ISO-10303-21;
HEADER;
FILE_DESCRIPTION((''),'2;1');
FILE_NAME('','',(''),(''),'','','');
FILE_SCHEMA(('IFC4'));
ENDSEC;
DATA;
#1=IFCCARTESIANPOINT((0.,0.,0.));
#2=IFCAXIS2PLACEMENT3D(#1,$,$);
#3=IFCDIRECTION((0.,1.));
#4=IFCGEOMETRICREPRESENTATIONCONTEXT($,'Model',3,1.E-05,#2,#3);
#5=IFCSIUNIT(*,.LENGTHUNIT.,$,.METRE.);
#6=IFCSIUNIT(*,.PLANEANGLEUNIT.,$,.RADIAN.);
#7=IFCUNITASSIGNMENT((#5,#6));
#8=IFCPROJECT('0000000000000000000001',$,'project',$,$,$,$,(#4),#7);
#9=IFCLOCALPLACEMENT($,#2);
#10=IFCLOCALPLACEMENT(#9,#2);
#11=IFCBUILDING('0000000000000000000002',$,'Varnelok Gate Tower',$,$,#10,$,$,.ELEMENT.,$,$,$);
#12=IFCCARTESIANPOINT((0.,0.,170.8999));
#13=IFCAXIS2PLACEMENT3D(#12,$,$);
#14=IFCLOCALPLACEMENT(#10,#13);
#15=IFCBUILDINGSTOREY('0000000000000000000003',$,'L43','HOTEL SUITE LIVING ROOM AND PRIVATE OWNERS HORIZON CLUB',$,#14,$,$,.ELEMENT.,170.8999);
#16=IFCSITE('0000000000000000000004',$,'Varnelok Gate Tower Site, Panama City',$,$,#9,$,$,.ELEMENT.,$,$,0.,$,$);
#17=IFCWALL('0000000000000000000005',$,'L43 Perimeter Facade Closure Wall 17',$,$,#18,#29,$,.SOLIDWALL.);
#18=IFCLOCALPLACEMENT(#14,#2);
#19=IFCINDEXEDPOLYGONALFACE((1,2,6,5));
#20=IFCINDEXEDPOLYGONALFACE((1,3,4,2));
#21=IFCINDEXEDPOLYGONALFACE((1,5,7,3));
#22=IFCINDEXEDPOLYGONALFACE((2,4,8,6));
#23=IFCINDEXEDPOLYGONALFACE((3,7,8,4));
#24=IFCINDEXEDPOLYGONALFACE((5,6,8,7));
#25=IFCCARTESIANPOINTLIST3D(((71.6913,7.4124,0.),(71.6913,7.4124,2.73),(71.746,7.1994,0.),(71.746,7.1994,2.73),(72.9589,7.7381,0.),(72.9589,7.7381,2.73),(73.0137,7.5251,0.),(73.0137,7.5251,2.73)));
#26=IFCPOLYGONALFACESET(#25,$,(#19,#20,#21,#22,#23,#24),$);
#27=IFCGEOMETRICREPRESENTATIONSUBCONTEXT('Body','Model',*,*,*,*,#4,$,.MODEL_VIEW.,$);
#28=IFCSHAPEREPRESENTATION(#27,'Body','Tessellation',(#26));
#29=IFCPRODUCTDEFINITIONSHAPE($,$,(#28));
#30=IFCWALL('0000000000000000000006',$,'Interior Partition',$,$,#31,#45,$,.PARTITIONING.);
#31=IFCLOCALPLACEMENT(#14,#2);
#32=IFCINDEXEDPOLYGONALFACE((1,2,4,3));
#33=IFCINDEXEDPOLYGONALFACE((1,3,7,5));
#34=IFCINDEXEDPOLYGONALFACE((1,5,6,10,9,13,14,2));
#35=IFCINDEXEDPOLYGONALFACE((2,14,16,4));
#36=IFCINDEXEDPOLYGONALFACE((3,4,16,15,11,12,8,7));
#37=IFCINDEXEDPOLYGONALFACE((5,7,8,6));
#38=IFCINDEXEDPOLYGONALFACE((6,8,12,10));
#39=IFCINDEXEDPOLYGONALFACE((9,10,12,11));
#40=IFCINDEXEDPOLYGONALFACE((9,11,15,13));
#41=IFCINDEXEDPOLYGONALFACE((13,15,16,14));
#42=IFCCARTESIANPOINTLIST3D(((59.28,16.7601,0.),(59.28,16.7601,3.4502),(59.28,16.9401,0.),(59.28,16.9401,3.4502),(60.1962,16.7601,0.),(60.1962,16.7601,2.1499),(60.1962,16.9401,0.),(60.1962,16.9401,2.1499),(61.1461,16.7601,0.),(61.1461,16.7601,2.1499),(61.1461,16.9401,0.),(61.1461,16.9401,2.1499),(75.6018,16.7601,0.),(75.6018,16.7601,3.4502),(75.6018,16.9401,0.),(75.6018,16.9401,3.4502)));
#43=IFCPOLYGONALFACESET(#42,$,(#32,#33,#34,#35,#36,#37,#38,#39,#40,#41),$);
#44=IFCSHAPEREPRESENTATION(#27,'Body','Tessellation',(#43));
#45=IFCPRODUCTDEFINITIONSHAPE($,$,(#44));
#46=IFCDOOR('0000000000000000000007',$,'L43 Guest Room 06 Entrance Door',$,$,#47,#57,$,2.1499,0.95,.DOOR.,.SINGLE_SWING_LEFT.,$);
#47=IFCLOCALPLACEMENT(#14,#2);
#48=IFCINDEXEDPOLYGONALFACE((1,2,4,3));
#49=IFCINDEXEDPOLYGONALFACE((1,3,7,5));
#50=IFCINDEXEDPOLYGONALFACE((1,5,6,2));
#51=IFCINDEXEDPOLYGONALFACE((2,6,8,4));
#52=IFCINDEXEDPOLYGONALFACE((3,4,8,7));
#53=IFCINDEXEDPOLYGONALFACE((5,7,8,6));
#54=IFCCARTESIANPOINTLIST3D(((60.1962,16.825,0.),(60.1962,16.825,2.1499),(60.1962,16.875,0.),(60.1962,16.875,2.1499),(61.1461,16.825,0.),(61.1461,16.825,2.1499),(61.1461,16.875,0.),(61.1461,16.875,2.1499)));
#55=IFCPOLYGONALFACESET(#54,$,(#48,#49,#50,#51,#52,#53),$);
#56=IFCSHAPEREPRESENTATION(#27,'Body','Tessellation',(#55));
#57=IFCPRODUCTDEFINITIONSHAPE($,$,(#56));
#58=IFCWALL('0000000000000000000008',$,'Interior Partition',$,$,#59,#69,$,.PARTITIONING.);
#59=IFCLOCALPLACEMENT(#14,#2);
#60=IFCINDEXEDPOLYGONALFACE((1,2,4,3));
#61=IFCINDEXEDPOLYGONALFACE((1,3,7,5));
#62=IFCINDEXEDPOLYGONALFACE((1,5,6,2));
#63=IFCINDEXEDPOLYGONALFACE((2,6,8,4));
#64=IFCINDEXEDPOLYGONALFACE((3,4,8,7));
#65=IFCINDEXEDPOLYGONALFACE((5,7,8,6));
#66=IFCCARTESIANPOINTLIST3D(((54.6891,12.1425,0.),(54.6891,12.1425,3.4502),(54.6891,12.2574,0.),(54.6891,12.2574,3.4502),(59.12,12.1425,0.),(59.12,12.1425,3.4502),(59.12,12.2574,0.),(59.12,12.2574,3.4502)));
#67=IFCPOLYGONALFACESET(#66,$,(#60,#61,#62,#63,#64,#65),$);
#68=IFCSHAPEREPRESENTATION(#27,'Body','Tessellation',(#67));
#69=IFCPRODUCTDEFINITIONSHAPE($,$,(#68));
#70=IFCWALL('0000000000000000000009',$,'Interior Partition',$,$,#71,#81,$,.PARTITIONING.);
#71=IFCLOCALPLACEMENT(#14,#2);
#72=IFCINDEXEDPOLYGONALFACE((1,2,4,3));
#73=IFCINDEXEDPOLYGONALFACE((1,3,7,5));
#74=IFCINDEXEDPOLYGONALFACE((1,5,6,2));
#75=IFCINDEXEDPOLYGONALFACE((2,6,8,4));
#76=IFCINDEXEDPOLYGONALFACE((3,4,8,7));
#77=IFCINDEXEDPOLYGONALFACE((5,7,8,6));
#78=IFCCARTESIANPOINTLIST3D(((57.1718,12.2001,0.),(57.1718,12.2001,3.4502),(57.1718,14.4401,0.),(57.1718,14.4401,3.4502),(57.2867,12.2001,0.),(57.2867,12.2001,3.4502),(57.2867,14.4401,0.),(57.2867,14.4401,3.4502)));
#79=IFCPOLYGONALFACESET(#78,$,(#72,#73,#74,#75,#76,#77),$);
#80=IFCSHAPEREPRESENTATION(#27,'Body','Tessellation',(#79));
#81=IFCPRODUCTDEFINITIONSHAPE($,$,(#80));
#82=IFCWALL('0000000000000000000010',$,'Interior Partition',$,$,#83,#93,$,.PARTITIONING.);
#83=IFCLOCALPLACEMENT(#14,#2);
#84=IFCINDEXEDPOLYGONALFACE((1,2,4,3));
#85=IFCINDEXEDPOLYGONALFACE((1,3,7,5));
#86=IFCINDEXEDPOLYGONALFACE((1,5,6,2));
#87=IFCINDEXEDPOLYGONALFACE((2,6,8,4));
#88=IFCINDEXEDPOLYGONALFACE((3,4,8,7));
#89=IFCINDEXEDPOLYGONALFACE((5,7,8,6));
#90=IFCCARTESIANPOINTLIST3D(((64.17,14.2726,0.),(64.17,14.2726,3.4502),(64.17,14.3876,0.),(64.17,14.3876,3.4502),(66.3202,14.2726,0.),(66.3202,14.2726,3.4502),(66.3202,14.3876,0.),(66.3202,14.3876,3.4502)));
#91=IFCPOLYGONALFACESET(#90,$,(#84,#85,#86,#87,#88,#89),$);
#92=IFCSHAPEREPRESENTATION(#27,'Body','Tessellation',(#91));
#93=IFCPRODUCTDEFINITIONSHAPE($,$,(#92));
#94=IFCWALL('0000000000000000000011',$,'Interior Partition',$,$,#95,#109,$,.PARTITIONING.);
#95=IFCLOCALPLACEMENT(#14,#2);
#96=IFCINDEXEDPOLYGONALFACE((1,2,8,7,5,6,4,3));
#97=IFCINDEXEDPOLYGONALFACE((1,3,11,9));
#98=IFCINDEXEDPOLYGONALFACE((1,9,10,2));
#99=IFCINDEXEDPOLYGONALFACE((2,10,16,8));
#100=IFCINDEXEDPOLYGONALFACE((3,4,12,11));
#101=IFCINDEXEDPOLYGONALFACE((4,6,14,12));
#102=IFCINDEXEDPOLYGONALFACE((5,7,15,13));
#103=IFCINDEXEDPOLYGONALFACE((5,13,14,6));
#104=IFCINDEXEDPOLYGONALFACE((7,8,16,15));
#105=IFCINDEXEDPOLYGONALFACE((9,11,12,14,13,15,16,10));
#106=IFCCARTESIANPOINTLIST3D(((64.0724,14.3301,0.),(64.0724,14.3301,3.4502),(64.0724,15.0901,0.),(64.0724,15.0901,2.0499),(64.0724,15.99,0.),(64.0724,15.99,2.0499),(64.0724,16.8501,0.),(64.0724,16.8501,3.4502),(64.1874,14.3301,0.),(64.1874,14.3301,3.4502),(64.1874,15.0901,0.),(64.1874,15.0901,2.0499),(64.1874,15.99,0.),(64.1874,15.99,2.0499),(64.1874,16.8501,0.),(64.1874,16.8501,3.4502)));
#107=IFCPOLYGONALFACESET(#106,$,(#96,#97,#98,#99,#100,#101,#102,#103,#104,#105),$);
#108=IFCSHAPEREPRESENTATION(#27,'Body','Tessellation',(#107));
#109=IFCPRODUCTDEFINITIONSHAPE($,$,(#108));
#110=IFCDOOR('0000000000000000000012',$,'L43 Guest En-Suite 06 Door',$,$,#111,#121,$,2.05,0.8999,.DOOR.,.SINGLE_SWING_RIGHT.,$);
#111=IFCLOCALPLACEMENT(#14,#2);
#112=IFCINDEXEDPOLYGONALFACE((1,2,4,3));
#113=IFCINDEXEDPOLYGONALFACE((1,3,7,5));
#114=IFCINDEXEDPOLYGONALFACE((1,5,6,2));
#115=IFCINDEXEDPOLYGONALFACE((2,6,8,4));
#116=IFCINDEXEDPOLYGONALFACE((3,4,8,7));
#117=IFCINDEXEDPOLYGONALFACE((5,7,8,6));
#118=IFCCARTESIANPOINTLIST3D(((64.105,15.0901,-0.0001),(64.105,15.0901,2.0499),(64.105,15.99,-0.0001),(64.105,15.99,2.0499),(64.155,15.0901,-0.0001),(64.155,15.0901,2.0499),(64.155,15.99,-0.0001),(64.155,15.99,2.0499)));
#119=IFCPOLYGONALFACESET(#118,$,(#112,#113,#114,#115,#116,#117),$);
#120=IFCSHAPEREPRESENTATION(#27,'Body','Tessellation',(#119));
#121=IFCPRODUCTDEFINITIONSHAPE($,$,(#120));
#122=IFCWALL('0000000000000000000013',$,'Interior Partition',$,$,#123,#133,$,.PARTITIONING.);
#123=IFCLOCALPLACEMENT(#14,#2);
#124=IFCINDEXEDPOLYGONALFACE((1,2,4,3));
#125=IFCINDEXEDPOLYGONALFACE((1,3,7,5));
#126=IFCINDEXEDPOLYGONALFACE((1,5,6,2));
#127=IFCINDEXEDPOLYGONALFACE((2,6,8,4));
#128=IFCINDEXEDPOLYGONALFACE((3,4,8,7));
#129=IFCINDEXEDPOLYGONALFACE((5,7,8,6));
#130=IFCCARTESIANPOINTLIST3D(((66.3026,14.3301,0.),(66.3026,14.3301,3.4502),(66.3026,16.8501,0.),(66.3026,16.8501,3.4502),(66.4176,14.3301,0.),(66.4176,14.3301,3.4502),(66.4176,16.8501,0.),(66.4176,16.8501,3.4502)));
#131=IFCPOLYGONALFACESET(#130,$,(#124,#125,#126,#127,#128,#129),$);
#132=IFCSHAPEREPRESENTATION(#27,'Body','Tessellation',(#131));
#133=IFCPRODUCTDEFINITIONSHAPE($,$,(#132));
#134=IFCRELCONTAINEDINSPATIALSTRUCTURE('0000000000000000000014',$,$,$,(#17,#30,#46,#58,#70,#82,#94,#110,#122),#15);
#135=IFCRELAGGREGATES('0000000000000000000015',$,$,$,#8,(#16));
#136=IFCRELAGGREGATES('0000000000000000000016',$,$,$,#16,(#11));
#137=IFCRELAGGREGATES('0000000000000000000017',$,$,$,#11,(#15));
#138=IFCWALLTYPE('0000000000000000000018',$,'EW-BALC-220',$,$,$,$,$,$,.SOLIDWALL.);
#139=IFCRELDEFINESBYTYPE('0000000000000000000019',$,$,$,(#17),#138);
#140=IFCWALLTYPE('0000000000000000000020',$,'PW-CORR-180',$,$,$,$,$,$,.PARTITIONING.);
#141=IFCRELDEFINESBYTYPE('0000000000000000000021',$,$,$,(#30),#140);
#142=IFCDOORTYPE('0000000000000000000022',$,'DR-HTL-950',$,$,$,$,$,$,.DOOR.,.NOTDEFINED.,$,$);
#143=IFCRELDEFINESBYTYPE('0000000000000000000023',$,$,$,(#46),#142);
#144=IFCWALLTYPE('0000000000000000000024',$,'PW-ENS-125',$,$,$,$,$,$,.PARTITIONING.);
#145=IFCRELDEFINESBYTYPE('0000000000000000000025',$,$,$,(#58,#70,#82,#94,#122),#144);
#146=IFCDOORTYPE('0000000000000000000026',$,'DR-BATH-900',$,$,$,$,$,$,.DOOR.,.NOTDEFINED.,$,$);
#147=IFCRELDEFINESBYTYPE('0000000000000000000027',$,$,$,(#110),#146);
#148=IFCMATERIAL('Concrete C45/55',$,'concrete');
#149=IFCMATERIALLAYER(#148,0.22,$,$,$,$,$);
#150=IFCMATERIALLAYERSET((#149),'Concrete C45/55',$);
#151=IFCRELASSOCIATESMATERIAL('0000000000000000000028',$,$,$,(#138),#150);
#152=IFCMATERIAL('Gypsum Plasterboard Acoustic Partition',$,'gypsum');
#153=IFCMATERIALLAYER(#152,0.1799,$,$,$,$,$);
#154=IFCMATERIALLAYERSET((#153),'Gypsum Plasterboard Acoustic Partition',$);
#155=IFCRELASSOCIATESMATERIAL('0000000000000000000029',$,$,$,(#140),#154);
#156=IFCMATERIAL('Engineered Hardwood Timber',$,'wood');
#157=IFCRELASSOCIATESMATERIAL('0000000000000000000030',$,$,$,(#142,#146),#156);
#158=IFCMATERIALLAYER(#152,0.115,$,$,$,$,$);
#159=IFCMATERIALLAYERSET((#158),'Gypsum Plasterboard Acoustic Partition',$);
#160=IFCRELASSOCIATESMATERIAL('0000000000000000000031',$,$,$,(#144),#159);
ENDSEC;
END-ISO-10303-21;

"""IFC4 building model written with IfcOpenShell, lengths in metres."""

from ifc_helpers import new_model, si_unit, direction, frame, frame_2d, origin, place, context, subcontext, project, spatial, rectangle, extrude, material, layer, layer_set, type_object, element, fill, save


model = new_model("IFC4")

# Units and contexts
model_context = context("Model", 3, precision=1e-05, world=origin(), true_north=direction((0.0, 1.0)))
body_context = subcontext(model_context, "Body", "Model", "MODEL_VIEW")
ifc_project = project(units=[si_unit("LENGTHUNIT", "METRE"), si_unit("PLANEANGLEUNIT", "RADIAN")], contexts=[model_context])

# Site, building, storey
site_placement = place(None, origin())
site = spatial("IfcSite", under=ifc_project, at=site_placement, Name="Varnelok Gate Tower Site, Panama City", CompositionType="ELEMENT", RefElevation=0.0)
building_placement = place(site_placement, origin())
building = spatial("IfcBuilding", under=site, at=building_placement, Name="Varnelok Gate Tower", CompositionType="ELEMENT")
storey_placement = place(building_placement, frame((0.0, 0.0, 170.8999)))
storey = spatial("IfcBuildingStorey", under=building, at=storey_placement, Name="L43", Description="HOTEL SUITE LIVING ROOM AND PRIVATE OWNERS HORIZON CLUB", CompositionType="ELEMENT", Elevation=170.8999)

# Shared definitions
ifc_material_1 = material(Name="Concrete C45/55", Category="concrete")
ifc_layer_1 = layer(ifc_material_1, 0.22)
ifc_layer_set_1 = layer_set([ifc_layer_1], Name="Concrete C45/55")
wall_type_1 = type_object("IfcWallType", Name="EW-BALC-220", PredefinedType="SOLIDWALL", material=ifc_layer_set_1)

# Wall
wall_1_placement = place(storey_placement, frame((71.7188, 7.3059, 0.0), z_axis=(0.0, 0.0, 1.0), x_axis=(0.968542, 0.248851, 0.0)))
element("IfcWall", 1, at=wall_1_placement, inside=storey, type_object=wall_type_1, Name="L43 Perimeter Facade Closure Wall 17", PredefinedType="SOLIDWALL", context=body_context, shape_type="SweptSolid", body=[
    extrude(rectangle(XDim=1.3088, YDim=0.22, at=frame_2d((0.6543, 0.0))), origin(), (0.0, 0.0, 1.0), 2.73),
])

# Wall, opening, door
ifc_material_2 = material(Name="Gypsum Plasterboard Acoustic Partition", Category="gypsum")
ifc_layer_2 = layer(ifc_material_2, 0.1799)
ifc_layer_set_2 = layer_set([ifc_layer_2], Name="Gypsum Plasterboard Acoustic Partition")
wall_type_2 = type_object("IfcWallType", Name="PW-CORR-180", PredefinedType="PARTITIONING", material=ifc_layer_set_2)
wall_2_placement = place(storey_placement, frame((59.28, 16.8501, 0.0), z_axis=(0.0, 0.0, 1.0), x_axis=(1.0, 0.0, 0.0)))
wall_2 = element("IfcWall", 2, at=wall_2_placement, inside=storey, type_object=wall_type_2, Name="Interior Partition", PredefinedType="PARTITIONING", context=body_context, shape_type="SweptSolid", body=[
    extrude(rectangle(XDim=16.3218, YDim=0.1799, at=frame_2d((8.1609, 0.0))), origin(), (0.0, 0.0, 1.0), 3.4502),
])
opening_1_placement = place(wall_2_placement, frame((0.916, 0.0, 0.0)))
opening_1 = element("IfcOpeningElement", 3, at=opening_1_placement, cuts=wall_2, PredefinedType="OPENING", context=body_context, shape_type="SweptSolid", body=[
    extrude(rectangle(XDim=0.95, YDim=2.1499, at=frame_2d((0.4751, 1.075))), frame((0.0, 0.0999, 0.0), z_axis=(0.0, -1.0, 0.0), x_axis=(1.0, 0.0, 0.0)), (0.0, 0.0, 1.0), 0.2),
])
ifc_material_3 = material(Name="Engineered Hardwood Timber", Category="wood")
door_type_1 = type_object("IfcDoorType", Name="DR-HTL-950", OperationType="NOTDEFINED", PredefinedType="DOOR", material=ifc_material_3)
door_1_placement = place(opening_1_placement, origin())
door_1 = element("IfcDoor", 4, at=door_1_placement, inside=storey, type_object=door_type_1, Name="L43 Guest Room 06 Entrance Door", OperationType="SINGLE_SWING_LEFT", OverallHeight=2.1499, OverallWidth=0.95, PredefinedType="DOOR", context=body_context, shape_type="SweptSolid", body=[
    extrude(rectangle(XDim=0.95, YDim=2.1499, at=frame_2d((0.4751, 1.075))), frame((0.0, 0.0249, 0.0), z_axis=(0.0, -1.0, 0.0), x_axis=(1.0, 0.0, 0.0)), (0.0, 0.0, 1.0), 0.05),
])
fill(opening_1, door_1)

# Walls
ifc_layer_3 = layer(ifc_material_2, 0.115)
ifc_layer_set_3 = layer_set([ifc_layer_3], Name="Gypsum Plasterboard Acoustic Partition")
wall_type_3 = type_object("IfcWallType", Name="PW-ENS-125", PredefinedType="PARTITIONING", material=ifc_layer_set_3)
wall_3_placement = place(storey_placement, frame((54.6892, 12.2, 0.0), z_axis=(0.0, 0.0, 1.0), x_axis=(1.0, 0.0, 0.0)))
element("IfcWall", 5, at=wall_3_placement, inside=storey, type_object=wall_type_3, Name="Interior Partition", PredefinedType="PARTITIONING", context=body_context, shape_type="SweptSolid", body=[
    extrude(rectangle(XDim=4.4309, YDim=0.115, at=frame_2d((2.2153, 0.0))), origin(), (0.0, 0.0, 1.0), 3.4502),
])
wall_4_placement = place(storey_placement, frame((57.2292, 12.2, 0.0), z_axis=(0.0, 0.0, 1.0), x_axis=(0.0, 1.0, 0.0)))
element("IfcWall", 6, at=wall_4_placement, inside=storey, type_object=wall_type_3, Name="Interior Partition", PredefinedType="PARTITIONING", context=body_context, shape_type="SweptSolid", body=[
    extrude(rectangle(XDim=2.24, YDim=0.115, at=frame_2d((1.1201, 0.0))), origin(), (0.0, 0.0, 1.0), 3.4502),
])
wall_5_placement = place(storey_placement, frame((64.1699, 14.3301, 0.0), z_axis=(0.0, 0.0, 1.0), x_axis=(1.0, 0.0, 0.0)))
element("IfcWall", 7, at=wall_5_placement, inside=storey, type_object=wall_type_3, Name="Interior Partition", PredefinedType="PARTITIONING", context=body_context, shape_type="SweptSolid", body=[
    extrude(rectangle(XDim=2.1501, YDim=0.115, at=frame_2d((1.0752, 0.0))), origin(), (0.0, 0.0, 1.0), 3.4502),
])

# Wall, opening, door
wall_6_placement = place(storey_placement, frame((64.1299, 14.3301, 0.0), z_axis=(0.0, 0.0, 1.0), x_axis=(0.0, 1.0, 0.0)))
wall_6 = element("IfcWall", 8, at=wall_6_placement, inside=storey, type_object=wall_type_3, Name="Interior Partition", PredefinedType="PARTITIONING", context=body_context, shape_type="SweptSolid", body=[
    extrude(rectangle(XDim=2.52, YDim=0.115, at=frame_2d((1.26, 0.0))), origin(), (0.0, 0.0, 1.0), 3.4502),
])
opening_2_placement = place(wall_6_placement, frame((0.76, 0.0, 0.0)))
opening_2 = element("IfcOpeningElement", 9, at=opening_2_placement, cuts=wall_6, PredefinedType="OPENING", context=body_context, shape_type="SweptSolid", body=[
    extrude(rectangle(XDim=0.8999, YDim=2.05, at=frame_2d((0.45, 1.0249))), frame((0.0, 0.0674, 0.0), z_axis=(0.0, -1.0, 0.0), x_axis=(1.0, 0.0, 0.0)), (0.0, 0.0, 1.0), 0.135),
])
door_type_2 = type_object("IfcDoorType", Name="DR-BATH-900", OperationType="NOTDEFINED", PredefinedType="DOOR", material=ifc_material_3)
door_2_placement = place(opening_2_placement, origin())
door_2 = element("IfcDoor", 10, at=door_2_placement, inside=storey, type_object=door_type_2, Name="L43 Guest En-Suite 06 Door", OperationType="SINGLE_SWING_RIGHT", OverallHeight=2.05, OverallWidth=0.8999, PredefinedType="DOOR", context=body_context, shape_type="SweptSolid", body=[
    extrude(rectangle(XDim=0.8999, YDim=2.05, at=frame_2d((0.45, 1.0249))), frame((0.0, 0.0249, 0.0), z_axis=(0.0, -1.0, 0.0), x_axis=(1.0, 0.0, 0.0)), (0.0, 0.0, 1.0), 0.05),
])
fill(opening_2, door_2)

# Wall
wall_7_placement = place(storey_placement, frame((66.3601, 14.3301, 0.0), z_axis=(0.0, 0.0, 1.0), x_axis=(0.0, 1.0, 0.0)))
element("IfcWall", 11, at=wall_7_placement, inside=storey, type_object=wall_type_3, Name="Interior Partition", PredefinedType="PARTITIONING", context=body_context, shape_type="SweptSolid", body=[
    extrude(rectangle(XDim=2.52, YDim=0.115, at=frame_2d((1.26, 0.0))), origin(), (0.0, 0.0, 1.0), 3.4502),
])

save(model, "model.ifc")
